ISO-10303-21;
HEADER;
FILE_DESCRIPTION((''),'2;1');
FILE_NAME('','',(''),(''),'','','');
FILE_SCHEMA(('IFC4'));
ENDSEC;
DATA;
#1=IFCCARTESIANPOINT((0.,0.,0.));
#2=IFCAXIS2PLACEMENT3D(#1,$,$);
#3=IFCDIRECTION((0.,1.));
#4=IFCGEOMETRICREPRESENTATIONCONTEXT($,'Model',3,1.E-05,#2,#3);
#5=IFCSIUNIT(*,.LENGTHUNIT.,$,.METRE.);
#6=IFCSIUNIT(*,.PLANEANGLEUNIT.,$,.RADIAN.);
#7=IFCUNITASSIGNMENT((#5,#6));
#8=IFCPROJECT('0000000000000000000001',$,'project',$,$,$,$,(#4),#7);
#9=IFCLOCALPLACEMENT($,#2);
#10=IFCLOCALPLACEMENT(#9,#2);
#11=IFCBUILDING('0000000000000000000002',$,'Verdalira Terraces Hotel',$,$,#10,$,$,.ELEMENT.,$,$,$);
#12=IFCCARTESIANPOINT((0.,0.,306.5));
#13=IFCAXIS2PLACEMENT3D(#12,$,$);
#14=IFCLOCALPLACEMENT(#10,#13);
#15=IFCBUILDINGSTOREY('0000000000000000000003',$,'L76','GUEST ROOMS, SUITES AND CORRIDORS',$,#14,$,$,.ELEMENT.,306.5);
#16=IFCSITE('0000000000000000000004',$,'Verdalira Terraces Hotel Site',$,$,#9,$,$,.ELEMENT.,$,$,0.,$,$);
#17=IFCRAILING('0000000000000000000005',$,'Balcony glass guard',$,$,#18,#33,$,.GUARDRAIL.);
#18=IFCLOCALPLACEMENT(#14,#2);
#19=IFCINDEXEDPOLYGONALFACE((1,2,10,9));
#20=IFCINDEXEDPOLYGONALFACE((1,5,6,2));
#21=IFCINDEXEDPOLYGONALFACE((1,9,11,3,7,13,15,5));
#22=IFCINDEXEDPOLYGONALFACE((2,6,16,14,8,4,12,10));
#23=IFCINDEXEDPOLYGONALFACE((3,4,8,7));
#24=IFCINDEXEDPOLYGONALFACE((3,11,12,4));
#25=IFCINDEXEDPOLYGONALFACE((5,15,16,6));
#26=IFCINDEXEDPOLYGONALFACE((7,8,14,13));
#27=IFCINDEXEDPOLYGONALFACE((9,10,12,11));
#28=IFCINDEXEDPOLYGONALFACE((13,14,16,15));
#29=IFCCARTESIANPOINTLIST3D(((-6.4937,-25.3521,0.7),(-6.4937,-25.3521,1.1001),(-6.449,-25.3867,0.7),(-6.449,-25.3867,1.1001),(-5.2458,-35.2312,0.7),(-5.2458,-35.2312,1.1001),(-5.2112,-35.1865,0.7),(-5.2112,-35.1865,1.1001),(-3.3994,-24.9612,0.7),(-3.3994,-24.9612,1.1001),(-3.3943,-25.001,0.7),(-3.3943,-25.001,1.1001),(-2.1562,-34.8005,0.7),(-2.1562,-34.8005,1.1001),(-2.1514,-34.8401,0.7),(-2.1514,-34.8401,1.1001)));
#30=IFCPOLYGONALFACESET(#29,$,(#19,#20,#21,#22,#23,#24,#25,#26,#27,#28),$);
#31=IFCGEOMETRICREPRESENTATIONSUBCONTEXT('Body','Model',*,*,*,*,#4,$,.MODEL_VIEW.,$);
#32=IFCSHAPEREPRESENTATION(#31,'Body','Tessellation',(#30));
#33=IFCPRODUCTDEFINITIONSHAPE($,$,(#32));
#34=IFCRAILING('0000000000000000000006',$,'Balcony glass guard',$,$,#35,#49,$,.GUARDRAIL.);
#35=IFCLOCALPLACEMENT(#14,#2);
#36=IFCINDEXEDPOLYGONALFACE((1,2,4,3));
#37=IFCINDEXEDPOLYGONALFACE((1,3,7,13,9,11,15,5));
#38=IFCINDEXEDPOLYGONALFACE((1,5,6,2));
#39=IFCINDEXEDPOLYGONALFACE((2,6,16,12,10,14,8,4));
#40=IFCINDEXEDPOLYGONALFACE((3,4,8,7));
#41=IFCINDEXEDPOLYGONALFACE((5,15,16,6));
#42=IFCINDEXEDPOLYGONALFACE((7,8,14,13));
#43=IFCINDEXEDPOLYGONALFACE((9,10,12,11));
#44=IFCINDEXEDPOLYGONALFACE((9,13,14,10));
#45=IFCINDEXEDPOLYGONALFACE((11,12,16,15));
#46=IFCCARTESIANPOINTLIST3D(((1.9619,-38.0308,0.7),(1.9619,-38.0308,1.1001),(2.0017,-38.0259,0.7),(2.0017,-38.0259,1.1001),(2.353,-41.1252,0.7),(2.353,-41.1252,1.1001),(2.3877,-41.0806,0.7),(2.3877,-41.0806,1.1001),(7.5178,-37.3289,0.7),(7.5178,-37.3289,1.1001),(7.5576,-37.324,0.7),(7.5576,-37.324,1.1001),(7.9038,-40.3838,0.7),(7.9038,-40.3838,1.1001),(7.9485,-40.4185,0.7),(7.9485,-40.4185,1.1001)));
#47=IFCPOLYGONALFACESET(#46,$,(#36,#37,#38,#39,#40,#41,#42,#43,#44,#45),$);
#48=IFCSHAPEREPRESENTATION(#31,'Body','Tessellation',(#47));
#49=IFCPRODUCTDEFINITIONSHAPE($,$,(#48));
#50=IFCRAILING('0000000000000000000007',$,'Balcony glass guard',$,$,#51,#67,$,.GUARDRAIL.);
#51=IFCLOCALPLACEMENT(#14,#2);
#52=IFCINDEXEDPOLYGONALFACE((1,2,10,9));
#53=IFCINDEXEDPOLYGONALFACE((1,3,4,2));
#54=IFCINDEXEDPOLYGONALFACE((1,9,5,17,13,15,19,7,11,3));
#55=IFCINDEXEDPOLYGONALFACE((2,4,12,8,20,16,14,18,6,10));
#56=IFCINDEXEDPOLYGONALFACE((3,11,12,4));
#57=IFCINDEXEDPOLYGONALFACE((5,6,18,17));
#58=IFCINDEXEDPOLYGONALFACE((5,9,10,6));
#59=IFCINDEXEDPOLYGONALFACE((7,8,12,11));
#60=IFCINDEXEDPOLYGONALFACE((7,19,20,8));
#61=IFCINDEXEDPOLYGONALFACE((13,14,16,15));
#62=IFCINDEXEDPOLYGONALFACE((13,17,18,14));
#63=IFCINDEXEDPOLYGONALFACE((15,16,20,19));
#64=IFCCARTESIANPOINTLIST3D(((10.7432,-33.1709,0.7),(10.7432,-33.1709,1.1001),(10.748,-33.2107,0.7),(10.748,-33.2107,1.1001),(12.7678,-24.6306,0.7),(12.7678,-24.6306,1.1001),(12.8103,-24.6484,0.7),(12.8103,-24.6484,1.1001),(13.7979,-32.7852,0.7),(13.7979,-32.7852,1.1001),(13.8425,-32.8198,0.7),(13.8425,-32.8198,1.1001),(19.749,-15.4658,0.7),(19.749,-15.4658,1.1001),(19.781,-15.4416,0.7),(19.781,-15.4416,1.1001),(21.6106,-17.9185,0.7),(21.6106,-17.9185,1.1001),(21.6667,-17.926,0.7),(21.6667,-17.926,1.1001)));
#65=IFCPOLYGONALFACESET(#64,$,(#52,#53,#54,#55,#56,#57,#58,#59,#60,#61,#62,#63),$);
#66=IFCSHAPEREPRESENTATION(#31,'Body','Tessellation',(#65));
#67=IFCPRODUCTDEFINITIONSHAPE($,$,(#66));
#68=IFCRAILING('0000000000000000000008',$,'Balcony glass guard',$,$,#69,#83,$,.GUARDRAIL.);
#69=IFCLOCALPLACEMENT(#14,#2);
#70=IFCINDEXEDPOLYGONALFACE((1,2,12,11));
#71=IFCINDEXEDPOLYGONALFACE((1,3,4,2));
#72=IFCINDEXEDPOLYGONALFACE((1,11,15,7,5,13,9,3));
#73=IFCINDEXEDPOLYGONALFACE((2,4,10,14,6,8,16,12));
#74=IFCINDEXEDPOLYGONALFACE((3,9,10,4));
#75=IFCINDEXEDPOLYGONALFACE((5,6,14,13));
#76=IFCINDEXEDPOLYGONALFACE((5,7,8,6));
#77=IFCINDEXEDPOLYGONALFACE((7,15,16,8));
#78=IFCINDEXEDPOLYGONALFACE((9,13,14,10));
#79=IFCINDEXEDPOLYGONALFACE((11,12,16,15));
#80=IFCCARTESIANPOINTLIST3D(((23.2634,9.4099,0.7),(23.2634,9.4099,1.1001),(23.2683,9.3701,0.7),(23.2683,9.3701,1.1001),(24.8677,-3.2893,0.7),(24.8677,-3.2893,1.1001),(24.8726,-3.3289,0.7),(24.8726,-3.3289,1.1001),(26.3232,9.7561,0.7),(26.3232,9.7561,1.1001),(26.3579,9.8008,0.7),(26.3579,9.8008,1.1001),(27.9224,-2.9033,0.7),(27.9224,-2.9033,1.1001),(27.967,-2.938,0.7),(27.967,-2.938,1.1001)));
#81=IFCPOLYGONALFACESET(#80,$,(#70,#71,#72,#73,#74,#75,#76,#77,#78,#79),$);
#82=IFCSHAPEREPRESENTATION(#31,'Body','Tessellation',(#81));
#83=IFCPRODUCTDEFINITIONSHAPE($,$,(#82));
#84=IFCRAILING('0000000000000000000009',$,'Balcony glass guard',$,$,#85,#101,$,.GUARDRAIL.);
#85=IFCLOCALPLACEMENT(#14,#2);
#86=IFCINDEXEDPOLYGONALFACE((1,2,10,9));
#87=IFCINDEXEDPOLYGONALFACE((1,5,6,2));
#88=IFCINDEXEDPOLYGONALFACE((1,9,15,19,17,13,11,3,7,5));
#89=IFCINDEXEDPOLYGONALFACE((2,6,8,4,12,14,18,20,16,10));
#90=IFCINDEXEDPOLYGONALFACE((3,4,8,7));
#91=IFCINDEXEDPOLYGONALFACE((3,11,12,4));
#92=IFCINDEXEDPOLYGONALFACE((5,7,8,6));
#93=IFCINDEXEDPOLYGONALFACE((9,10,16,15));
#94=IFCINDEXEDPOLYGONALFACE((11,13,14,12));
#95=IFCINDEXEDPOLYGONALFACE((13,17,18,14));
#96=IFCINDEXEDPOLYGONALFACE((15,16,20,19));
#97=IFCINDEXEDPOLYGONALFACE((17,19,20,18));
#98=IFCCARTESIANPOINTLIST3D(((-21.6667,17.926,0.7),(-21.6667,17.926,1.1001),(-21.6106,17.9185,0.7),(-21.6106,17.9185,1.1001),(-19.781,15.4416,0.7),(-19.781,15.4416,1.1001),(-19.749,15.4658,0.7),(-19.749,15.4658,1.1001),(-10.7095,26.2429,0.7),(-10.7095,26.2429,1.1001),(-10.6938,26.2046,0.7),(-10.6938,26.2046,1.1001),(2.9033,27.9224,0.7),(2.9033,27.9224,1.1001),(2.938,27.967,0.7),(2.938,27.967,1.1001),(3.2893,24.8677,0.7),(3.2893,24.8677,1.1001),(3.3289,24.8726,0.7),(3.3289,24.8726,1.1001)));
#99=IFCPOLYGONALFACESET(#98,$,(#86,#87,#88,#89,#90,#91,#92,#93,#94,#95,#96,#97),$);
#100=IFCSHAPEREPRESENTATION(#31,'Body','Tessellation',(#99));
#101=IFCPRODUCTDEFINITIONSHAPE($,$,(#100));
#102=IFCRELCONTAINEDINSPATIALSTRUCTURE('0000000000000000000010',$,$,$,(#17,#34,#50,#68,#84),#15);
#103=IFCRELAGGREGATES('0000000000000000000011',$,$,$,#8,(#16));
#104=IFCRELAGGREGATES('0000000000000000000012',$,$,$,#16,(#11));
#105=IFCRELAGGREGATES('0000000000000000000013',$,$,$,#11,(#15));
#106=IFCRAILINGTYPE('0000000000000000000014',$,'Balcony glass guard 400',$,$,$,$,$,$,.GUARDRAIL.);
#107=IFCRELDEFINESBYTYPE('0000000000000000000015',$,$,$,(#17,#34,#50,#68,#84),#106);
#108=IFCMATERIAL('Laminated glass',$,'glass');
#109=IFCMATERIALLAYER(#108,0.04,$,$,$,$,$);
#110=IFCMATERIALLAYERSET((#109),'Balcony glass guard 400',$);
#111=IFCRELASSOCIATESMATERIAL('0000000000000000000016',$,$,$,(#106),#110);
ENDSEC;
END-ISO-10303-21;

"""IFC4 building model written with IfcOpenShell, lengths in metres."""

from ifc_helpers import new_model, si_unit, direction, frame, origin, place, context, subcontext, project, spatial, polyline, outline, extrude, material, layer, layer_set, type_object, element, save


model = new_model("IFC4")

# Units and contexts
model_context = context("Model", 3, precision=1e-05, world=origin(), true_north=direction((0.0, 1.0)))
body_context = subcontext(model_context, "Body", "Model", "MODEL_VIEW")
ifc_project = project(units=[si_unit("LENGTHUNIT", "METRE"), si_unit("PLANEANGLEUNIT", "RADIAN")], contexts=[model_context])

# Site, building, storey
site_placement = place(None, origin())
site = spatial("IfcSite", under=ifc_project, at=site_placement, Name="Verdalira Terraces Hotel Site", CompositionType="ELEMENT", RefElevation=0.0)
building_placement = place(site_placement, origin())
building = spatial("IfcBuilding", under=site, at=building_placement, Name="Verdalira Terraces Hotel", CompositionType="ELEMENT")
storey_placement = place(building_placement, frame((0.0, 0.0, 306.5)))
storey = spatial("IfcBuildingStorey", under=building, at=storey_placement, Name="L76", Description="GUEST ROOMS, SUITES AND CORRIDORS", CompositionType="ELEMENT", Elevation=306.5)

# Railings
ifc_material_1 = material(Name="Laminated glass", Category="glass")
ifc_layer_1 = layer(ifc_material_1, 0.04)
ifc_layer_set_1 = layer_set([ifc_layer_1], Name="Balcony glass guard 400")
railing_type = type_object("IfcRailingType", Name="Balcony glass guard 400", PredefinedType="GUARDRAIL", material=ifc_layer_set_1)
railing_1_placement = place(storey_placement, frame((0.0, 0.0, 0.7)))
element("IfcRailing", 1, at=railing_1_placement, inside=storey, type_object=railing_type, Name="Balcony glass guard", PredefinedType="GUARDRAIL", context=body_context, shape_type="SweptSolid", body=[
    extrude(outline(polyline([(-6.449, -25.3867), (-5.2112, -35.1865), (-2.1562, -34.8005), (-2.1514, -34.8401), (-5.2458, -35.2312), (-6.4937, -25.3521), (-3.3994, -24.9612), (-3.3943, -25.001), (-6.449, -25.3867)])), origin(), (0.0, 0.0, 1.0), 0.4001),
])
railing_2_placement = place(storey_placement, frame((0.0, 0.0, 0.7)))
element("IfcRailing", 2, at=railing_2_placement, inside=storey, type_object=railing_type, Name="Balcony glass guard", PredefinedType="GUARDRAIL", context=body_context, shape_type="SweptSolid", body=[
    extrude(outline(polyline([(2.3877, -41.0806), (7.9038, -40.3838), (7.5178, -37.3289), (7.5576, -37.324), (7.9485, -40.4185), (2.353, -41.1252), (1.9619, -38.0308), (2.0017, -38.0259), (2.3877, -41.0806)])), origin(), (0.0, 0.0, 1.0), 0.4001),
])
railing_3_placement = place(storey_placement, frame((0.0, 0.0, 0.7)))
element("IfcRailing", 3, at=railing_3_placement, inside=storey, type_object=railing_type, Name="Balcony glass guard", PredefinedType="GUARDRAIL", context=body_context, shape_type="SweptSolid", body=[
    extrude(outline(polyline([(13.7979, -32.7852), (12.7678, -24.6306), (21.6106, -17.9185), (19.749, -15.4658), (19.781, -15.4416), (21.6667, -17.926), (12.8103, -24.6484), (13.8425, -32.8198), (10.748, -33.2107), (10.7432, -33.1709), (13.7979, -32.7852)])), origin(), (0.0, 0.0, 1.0), 0.4001),
])
railing_4_placement = place(storey_placement, frame((0.0, 0.0, 0.7)))
element("IfcRailing", 4, at=railing_4_placement, inside=storey, type_object=railing_type, Name="Balcony glass guard", PredefinedType="GUARDRAIL", context=body_context, shape_type="SweptSolid", body=[
    extrude(outline(polyline([(27.9224, -2.9033), (26.3232, 9.7561), (23.2683, 9.3701), (23.2634, 9.4099), (26.3579, 9.8008), (27.967, -2.938), (24.8726, -3.3289), (24.8677, -3.2893), (27.9224, -2.9033)])), origin(), (0.0, 0.0, 1.0), 0.4001),
])
railing_5_placement = place(storey_placement, frame((0.0, 0.0, 0.7)))
element("IfcRailing", 5, at=railing_5_placement, inside=storey, type_object=railing_type, Name="Balcony glass guard", PredefinedType="GUARDRAIL", context=body_context, shape_type="SweptSolid", body=[
    extrude(outline(polyline([(2.9033, 27.9224), (-10.6938, 26.2046), (-21.6106, 17.9185), (-19.749, 15.4658), (-19.781, 15.4416), (-21.6667, 17.926), (-10.7095, 26.2429), (2.938, 27.967), (3.3289, 24.8726), (3.2893, 24.8677), (2.9033, 27.9224)])), origin(), (0.0, 0.0, 1.0), 0.4001),
])

save(model, "model.ifc")
